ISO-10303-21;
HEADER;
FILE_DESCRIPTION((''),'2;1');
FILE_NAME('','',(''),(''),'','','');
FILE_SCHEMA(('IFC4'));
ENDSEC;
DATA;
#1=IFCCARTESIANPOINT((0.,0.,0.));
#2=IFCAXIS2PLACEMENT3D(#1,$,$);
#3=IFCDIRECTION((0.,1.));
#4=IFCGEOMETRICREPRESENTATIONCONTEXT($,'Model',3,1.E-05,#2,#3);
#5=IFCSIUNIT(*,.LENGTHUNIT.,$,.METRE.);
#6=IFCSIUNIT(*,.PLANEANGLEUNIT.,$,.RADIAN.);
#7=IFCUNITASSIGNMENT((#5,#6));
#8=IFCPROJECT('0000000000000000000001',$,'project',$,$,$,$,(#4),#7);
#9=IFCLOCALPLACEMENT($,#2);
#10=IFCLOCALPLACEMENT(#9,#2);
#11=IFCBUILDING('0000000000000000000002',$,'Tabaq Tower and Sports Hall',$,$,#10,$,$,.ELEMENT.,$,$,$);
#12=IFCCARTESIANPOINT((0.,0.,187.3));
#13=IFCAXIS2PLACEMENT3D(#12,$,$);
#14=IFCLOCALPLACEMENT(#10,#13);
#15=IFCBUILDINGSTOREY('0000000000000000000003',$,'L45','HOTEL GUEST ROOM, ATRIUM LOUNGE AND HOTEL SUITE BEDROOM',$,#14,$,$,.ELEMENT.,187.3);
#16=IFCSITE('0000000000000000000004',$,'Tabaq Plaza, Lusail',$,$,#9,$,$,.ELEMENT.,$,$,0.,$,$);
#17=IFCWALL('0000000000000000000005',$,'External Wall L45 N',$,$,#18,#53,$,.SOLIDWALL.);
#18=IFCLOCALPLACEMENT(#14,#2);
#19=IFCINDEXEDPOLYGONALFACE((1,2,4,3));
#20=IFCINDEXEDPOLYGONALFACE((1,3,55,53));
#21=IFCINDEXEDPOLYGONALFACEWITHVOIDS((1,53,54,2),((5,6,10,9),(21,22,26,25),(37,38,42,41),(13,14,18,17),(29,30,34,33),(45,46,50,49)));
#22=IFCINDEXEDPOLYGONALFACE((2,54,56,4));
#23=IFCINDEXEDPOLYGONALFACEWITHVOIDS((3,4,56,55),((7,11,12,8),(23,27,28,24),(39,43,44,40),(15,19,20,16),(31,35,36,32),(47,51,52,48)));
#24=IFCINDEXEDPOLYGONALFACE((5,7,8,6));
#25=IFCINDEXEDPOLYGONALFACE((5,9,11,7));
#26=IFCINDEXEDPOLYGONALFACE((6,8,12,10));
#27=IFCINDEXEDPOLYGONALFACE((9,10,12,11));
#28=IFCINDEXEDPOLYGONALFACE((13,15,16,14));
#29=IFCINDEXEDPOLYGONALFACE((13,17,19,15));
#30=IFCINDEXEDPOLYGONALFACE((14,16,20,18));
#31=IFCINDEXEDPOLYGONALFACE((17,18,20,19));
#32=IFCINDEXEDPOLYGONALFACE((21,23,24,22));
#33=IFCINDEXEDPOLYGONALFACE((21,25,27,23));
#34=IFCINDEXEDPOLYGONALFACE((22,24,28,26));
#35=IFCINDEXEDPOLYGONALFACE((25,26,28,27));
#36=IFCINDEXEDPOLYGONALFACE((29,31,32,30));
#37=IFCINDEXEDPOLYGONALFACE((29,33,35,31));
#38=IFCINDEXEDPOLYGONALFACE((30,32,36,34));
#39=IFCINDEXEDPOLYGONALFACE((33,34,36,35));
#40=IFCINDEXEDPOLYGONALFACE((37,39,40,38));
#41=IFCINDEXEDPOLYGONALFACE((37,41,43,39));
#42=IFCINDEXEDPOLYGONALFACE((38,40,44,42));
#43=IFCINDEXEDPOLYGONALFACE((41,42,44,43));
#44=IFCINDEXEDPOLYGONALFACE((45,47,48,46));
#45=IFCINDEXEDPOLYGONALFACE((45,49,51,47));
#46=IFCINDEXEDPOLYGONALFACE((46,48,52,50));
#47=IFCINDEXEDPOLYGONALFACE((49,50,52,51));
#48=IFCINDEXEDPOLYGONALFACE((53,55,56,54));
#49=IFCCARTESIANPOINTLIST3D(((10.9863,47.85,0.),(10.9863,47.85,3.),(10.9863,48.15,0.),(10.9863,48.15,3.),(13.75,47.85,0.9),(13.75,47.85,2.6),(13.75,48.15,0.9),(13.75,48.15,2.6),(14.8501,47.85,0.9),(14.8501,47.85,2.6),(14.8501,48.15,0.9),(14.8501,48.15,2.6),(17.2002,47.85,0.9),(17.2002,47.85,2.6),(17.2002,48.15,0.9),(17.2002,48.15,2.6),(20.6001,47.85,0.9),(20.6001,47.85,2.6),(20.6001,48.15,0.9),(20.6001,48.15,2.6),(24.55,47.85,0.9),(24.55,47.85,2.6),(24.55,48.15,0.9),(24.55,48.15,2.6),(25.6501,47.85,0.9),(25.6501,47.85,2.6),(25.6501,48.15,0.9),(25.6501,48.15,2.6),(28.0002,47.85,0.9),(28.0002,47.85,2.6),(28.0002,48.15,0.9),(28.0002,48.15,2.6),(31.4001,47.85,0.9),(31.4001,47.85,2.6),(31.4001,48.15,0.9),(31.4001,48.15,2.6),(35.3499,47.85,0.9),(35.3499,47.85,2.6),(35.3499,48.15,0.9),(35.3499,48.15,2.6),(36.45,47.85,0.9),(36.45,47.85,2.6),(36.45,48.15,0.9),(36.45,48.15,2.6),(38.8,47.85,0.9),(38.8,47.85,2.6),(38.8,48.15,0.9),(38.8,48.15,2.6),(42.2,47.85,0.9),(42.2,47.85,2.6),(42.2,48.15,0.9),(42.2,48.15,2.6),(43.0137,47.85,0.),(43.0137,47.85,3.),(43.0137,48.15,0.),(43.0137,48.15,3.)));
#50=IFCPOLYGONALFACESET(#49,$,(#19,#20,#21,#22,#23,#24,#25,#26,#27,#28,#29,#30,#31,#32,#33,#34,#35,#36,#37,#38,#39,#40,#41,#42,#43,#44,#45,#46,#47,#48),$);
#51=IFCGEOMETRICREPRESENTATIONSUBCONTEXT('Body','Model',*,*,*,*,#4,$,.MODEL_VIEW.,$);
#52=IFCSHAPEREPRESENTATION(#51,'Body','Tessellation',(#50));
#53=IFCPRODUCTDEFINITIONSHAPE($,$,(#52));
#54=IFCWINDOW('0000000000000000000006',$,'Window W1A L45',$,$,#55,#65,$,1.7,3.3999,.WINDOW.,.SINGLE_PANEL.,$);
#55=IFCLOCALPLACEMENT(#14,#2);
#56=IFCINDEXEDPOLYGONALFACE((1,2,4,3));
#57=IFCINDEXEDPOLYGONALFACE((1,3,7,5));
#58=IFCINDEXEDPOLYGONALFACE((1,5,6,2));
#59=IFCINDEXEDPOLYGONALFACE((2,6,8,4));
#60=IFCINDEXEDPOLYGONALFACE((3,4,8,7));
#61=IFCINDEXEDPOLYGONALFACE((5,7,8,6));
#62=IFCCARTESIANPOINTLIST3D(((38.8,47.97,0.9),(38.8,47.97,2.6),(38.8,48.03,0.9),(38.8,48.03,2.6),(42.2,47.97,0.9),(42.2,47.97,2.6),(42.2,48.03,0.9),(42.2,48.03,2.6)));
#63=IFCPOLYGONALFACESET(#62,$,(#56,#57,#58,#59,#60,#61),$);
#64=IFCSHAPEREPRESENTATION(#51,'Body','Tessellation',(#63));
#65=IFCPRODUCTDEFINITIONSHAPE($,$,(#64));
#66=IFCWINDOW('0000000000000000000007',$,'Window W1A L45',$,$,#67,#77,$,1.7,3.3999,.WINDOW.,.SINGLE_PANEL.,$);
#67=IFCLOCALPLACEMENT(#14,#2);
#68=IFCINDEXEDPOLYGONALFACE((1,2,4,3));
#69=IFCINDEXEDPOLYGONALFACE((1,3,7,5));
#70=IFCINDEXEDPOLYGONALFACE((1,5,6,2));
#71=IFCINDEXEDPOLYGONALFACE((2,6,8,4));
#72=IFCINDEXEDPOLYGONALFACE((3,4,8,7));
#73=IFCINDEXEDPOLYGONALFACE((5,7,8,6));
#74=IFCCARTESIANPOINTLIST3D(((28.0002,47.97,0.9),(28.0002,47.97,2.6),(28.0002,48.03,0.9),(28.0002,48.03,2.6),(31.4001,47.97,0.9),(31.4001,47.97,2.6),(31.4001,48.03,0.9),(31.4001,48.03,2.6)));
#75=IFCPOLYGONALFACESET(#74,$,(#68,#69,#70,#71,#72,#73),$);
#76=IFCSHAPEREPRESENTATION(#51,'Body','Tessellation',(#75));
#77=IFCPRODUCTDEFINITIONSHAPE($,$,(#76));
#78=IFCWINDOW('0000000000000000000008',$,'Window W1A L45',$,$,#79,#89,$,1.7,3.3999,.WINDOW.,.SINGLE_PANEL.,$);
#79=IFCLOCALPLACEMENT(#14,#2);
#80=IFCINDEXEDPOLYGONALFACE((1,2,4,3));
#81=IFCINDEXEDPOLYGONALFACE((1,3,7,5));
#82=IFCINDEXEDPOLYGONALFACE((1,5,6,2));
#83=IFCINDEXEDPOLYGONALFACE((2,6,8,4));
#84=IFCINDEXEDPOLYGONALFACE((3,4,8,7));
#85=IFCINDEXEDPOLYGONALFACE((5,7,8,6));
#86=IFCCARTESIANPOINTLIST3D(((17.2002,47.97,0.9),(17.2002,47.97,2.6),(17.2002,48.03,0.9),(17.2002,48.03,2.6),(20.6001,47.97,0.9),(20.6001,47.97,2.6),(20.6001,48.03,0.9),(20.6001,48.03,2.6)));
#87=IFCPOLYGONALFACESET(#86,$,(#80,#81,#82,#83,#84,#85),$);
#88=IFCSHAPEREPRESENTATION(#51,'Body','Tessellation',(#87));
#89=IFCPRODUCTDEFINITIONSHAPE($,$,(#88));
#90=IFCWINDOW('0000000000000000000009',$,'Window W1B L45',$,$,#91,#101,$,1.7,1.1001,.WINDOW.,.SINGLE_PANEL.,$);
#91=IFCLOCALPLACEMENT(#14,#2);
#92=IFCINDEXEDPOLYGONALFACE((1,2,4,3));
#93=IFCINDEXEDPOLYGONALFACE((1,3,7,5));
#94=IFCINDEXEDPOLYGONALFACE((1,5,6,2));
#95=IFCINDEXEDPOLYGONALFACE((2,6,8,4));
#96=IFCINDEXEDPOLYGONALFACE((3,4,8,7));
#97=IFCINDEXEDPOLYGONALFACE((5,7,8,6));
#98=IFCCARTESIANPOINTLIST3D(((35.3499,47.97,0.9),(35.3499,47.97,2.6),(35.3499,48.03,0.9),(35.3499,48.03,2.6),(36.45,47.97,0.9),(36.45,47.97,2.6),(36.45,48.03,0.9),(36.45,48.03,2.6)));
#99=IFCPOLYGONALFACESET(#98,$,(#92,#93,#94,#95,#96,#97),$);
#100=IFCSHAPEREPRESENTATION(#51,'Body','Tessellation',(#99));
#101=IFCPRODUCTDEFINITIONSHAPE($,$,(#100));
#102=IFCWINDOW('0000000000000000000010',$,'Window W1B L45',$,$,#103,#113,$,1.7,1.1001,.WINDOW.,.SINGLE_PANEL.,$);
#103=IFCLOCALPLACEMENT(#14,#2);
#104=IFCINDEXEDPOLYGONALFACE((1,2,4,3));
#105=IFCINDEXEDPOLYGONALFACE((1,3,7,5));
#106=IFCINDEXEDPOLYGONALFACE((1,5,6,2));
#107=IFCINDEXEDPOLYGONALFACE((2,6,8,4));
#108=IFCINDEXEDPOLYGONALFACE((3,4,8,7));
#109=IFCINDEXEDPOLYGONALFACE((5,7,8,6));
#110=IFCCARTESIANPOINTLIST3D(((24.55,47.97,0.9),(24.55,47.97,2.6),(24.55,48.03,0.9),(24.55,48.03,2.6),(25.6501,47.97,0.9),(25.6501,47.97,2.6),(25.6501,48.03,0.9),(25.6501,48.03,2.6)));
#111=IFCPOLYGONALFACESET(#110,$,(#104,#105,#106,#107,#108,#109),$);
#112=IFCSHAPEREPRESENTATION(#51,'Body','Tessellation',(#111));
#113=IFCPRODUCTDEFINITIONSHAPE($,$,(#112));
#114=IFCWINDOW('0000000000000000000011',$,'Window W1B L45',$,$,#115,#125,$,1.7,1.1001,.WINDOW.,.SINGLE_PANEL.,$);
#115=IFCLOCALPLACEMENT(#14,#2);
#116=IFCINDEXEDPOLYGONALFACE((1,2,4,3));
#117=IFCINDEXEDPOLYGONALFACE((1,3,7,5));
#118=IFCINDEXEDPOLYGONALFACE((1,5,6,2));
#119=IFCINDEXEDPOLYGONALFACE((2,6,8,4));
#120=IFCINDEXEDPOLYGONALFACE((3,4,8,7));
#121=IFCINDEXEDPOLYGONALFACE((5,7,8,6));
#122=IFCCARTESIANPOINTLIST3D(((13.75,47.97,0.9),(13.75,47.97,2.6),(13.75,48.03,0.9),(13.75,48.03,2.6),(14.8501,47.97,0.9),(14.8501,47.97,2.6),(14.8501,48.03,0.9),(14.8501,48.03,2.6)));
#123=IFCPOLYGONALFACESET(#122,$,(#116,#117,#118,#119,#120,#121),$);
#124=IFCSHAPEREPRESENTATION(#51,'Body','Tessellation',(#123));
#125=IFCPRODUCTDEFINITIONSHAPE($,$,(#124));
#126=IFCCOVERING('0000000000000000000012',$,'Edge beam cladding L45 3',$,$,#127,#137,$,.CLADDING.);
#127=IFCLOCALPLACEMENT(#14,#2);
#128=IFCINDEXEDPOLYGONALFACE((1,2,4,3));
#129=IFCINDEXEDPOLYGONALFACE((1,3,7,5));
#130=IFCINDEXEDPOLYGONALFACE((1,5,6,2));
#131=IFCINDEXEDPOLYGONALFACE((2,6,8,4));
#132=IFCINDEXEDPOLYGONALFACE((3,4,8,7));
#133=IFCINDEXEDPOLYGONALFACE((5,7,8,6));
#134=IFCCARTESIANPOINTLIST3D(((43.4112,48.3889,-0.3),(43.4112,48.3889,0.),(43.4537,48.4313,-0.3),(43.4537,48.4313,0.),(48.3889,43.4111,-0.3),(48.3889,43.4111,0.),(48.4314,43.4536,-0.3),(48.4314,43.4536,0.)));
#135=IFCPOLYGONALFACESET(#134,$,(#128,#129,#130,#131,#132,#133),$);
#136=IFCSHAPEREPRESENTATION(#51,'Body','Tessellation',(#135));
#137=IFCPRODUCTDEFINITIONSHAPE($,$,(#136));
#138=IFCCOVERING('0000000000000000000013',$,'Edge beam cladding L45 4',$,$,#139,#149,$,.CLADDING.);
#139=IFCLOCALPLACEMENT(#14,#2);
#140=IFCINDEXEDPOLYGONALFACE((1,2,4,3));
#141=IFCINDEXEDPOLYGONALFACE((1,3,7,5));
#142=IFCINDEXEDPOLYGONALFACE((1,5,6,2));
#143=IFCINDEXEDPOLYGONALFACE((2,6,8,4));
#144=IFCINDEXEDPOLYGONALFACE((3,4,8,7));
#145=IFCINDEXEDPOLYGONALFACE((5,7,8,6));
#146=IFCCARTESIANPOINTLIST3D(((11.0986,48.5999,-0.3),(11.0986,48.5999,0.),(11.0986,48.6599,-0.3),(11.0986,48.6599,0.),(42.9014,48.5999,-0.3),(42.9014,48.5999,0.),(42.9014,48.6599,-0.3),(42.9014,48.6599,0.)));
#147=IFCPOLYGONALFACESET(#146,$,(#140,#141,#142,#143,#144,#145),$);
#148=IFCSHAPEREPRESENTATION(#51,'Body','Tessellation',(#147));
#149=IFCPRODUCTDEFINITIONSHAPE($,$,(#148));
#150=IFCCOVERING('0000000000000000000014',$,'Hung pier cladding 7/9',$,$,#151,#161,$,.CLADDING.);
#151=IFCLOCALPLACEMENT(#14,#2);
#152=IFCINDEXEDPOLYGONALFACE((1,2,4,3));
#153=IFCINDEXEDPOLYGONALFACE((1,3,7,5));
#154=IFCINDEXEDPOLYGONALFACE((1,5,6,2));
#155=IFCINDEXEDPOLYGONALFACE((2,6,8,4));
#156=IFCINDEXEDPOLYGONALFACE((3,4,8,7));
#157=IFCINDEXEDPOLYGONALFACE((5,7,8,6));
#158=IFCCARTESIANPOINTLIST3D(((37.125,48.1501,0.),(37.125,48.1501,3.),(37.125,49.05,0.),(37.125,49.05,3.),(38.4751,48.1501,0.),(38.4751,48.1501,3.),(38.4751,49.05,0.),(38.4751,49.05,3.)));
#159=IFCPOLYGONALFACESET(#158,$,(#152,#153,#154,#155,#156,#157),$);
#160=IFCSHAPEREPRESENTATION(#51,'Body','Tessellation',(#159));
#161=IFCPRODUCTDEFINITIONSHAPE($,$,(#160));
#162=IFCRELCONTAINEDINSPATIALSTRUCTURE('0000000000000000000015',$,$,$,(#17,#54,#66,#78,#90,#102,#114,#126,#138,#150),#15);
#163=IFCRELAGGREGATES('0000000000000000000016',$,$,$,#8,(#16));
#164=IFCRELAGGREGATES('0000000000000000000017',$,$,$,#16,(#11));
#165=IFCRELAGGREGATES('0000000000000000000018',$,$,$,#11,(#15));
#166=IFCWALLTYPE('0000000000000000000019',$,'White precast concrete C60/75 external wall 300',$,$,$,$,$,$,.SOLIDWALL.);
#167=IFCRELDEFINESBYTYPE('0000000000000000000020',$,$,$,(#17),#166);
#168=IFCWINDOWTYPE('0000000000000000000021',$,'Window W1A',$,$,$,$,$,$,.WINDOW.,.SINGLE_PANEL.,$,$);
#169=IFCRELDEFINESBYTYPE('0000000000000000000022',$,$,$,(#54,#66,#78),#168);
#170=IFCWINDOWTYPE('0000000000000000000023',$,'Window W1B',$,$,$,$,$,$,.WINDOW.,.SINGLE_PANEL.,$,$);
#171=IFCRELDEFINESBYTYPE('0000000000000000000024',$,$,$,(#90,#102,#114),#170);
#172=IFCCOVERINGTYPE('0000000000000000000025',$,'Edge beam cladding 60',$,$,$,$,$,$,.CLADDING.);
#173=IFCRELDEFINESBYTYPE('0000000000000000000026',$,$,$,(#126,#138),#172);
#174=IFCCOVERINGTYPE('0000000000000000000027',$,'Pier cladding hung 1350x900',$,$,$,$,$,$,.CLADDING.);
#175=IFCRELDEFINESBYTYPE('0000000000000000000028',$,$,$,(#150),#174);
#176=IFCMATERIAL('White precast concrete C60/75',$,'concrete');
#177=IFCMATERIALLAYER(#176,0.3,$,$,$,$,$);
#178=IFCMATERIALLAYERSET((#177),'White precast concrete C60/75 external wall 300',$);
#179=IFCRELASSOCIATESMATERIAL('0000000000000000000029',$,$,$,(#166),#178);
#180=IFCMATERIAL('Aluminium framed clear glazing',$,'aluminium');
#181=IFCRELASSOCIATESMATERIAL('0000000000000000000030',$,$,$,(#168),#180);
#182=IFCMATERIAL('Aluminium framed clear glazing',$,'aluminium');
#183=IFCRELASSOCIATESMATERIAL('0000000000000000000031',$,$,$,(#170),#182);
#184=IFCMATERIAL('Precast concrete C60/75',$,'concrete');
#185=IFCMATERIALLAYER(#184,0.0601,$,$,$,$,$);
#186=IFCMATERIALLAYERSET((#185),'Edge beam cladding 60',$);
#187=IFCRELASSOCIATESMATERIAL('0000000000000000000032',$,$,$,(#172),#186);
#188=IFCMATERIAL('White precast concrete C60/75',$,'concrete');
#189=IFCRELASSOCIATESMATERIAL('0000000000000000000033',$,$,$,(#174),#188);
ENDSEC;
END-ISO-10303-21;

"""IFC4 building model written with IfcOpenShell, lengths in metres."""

from ifc_helpers import new_model, si_unit, direction, frame, frame_2d, origin, place, context, subcontext, project, spatial, rectangle, extrude, material, layer, layer_set, type_object, element, fill, save


model = new_model("IFC4")

# Units and contexts
model_context = context("Model", 3, precision=1e-05, world=origin(), true_north=direction((0.0, 1.0)))
body_context = subcontext(model_context, "Body", "Model", "MODEL_VIEW")
ifc_project = project(units=[si_unit("LENGTHUNIT", "METRE"), si_unit("PLANEANGLEUNIT", "RADIAN")], contexts=[model_context])

# Site, building, storey
site_placement = place(None, origin())
site = spatial("IfcSite", under=ifc_project, at=site_placement, Name="Tabaq Plaza, Lusail", CompositionType="ELEMENT", RefElevation=0.0)
building_placement = place(site_placement, origin())
building = spatial("IfcBuilding", under=site, at=building_placement, Name="Tabaq Tower and Sports Hall", CompositionType="ELEMENT")
storey_placement = place(building_placement, frame((0.0, 0.0, 187.3)))
storey = spatial("IfcBuildingStorey", under=building, at=storey_placement, Name="L45", Description="HOTEL GUEST ROOM, ATRIUM LOUNGE AND HOTEL SUITE BEDROOM", CompositionType="ELEMENT", Elevation=187.3)

# Shared definitions
ifc_material_1 = material(Name="White precast concrete C60/75", Category="concrete")
ifc_layer_1 = layer(ifc_material_1, 0.3)
ifc_layer_set_1 = layer_set([ifc_layer_1], Name="White precast concrete C60/75 external wall 300")
wall_type_1 = type_object("IfcWallType", Name="White precast concrete C60/75 external wall 300", PredefinedType="SOLIDWALL", material=ifc_layer_set_1)
ifc_material_2 = material(Name="Aluminium framed clear glazing", Category="aluminium")
window_type_1 = type_object("IfcWindowType", Name="Window W1A", PartitioningType="SINGLE_PANEL", PredefinedType="WINDOW", material=ifc_material_2)

# Wall, openings, windows
wall_1_placement = place(storey_placement, frame((43.0137, 48.0, 0.0), z_axis=(0.0, 0.0, 1.0), x_axis=(-1.0, 0.0, 0.0)))
wall_1 = element("IfcWall", 1, at=wall_1_placement, inside=storey, type_object=wall_type_1, Name="External Wall L45 N", PredefinedType="SOLIDWALL", context=body_context, shape_type="SweptSolid", body=[
    extrude(rectangle(XDim=32.0273, YDim=0.3, at=frame_2d((16.0137, 0.0))), origin(), (0.0, 0.0, 1.0), 3.0),
])
opening_1_placement = place(wall_1_placement, frame((0.8137, 0.0, 0.8999)))
opening_1 = element("IfcOpeningElement", 2, at=opening_1_placement, cuts=wall_1, PredefinedType="OPENING", context=body_context, shape_type="SweptSolid", body=[
    extrude(rectangle(XDim=3.3999, YDim=1.7, at=frame_2d((1.7, 0.8501))), frame((0.0, 0.1602, 0.0), z_axis=(0.0, -1.0, 0.0), x_axis=(1.0, 0.0, 0.0)), (0.0, 0.0, 1.0), 0.3201),
])
opening_2_placement = place(wall_1_placement, frame((6.5637, 0.0, 0.8999)))
opening_2 = element("IfcOpeningElement", 3, at=opening_2_placement, cuts=wall_1, PredefinedType="OPENING", context=body_context, shape_type="SweptSolid", body=[
    extrude(rectangle(XDim=1.1001, YDim=1.7, at=frame_2d((0.55, 0.8501))), frame((0.0, 0.1602, 0.0), z_axis=(0.0, -1.0, 0.0), x_axis=(1.0, 0.0, 0.0)), (0.0, 0.0, 1.0), 0.3201),
])
opening_3_placement = place(wall_1_placement, frame((11.6135, 0.0, 0.8999)))
opening_3 = element("IfcOpeningElement", 4, at=opening_3_placement, cuts=wall_1, PredefinedType="OPENING", context=body_context, shape_type="SweptSolid", body=[
    extrude(rectangle(XDim=3.3999, YDim=1.7, at=frame_2d((1.7, 0.8501))), frame((0.0, 0.1602, 0.0), z_axis=(0.0, -1.0, 0.0), x_axis=(1.0, 0.0, 0.0)), (0.0, 0.0, 1.0), 0.3201),
])
opening_4_placement = place(wall_1_placement, frame((17.3635, 0.0, 0.8999)))
opening_4 = element("IfcOpeningElement", 5, at=opening_4_placement, cuts=wall_1, PredefinedType="OPENING", context=body_context, shape_type="SweptSolid", body=[
    extrude(rectangle(XDim=1.1001, YDim=1.7, at=frame_2d((0.55, 0.8501))), frame((0.0, 0.1602, 0.0), z_axis=(0.0, -1.0, 0.0), x_axis=(1.0, 0.0, 0.0)), (0.0, 0.0, 1.0), 0.3201),
])
opening_5_placement = place(wall_1_placement, frame((22.4136, 0.0, 0.8999)))
opening_5 = element("IfcOpeningElement", 6, at=opening_5_placement, cuts=wall_1, PredefinedType="OPENING", context=body_context, shape_type="SweptSolid", body=[
    extrude(rectangle(XDim=3.3999, YDim=1.7, at=frame_2d((1.7, 0.8501))), frame((0.0, 0.1602, 0.0), z_axis=(0.0, -1.0, 0.0), x_axis=(1.0, 0.0, 0.0)), (0.0, 0.0, 1.0), 0.3201),
])
opening_6_placement = place(wall_1_placement, frame((28.1636, 0.0, 0.8999)))
opening_6 = element("IfcOpeningElement", 7, at=opening_6_placement, cuts=wall_1, PredefinedType="OPENING", context=body_context, shape_type="SweptSolid", body=[
    extrude(rectangle(XDim=1.1001, YDim=1.7, at=frame_2d((0.55, 0.8501))), frame((0.0, 0.1602, 0.0), z_axis=(0.0, -1.0, 0.0), x_axis=(1.0, 0.0, 0.0)), (0.0, 0.0, 1.0), 0.3201),
])
window_1_placement = place(opening_1_placement, origin())
window_1 = element("IfcWindow", 8, at=window_1_placement, inside=storey, type_object=window_type_1, Name="Window W1A L45", OverallHeight=1.7, OverallWidth=3.3999, PartitioningType="SINGLE_PANEL", PredefinedType="WINDOW", context=body_context, shape_type="SweptSolid", body=[
    extrude(rectangle(XDim=3.3999, YDim=1.7, at=frame_2d((1.7, 0.8501))), frame((0.0, 0.03, 0.0), z_axis=(0.0, -1.0, 0.0), x_axis=(1.0, 0.0, 0.0)), (0.0, 0.0, 1.0), 0.0601),
])
fill(opening_1, window_1)
window_2_placement = place(opening_3_placement, origin())
window_2 = element("IfcWindow", 9, at=window_2_placement, inside=storey, type_object=window_type_1, Name="Window W1A L45", OverallHeight=1.7, OverallWidth=3.3999, PartitioningType="SINGLE_PANEL", PredefinedType="WINDOW", context=body_context, shape_type="SweptSolid", body=[
    extrude(rectangle(XDim=3.3999, YDim=1.7, at=frame_2d((1.7, 0.8501))), frame((0.0, 0.03, 0.0), z_axis=(0.0, -1.0, 0.0), x_axis=(1.0, 0.0, 0.0)), (0.0, 0.0, 1.0), 0.0601),
])
fill(opening_3, window_2)
window_3_placement = place(opening_5_placement, origin())
window_3 = element("IfcWindow", 10, at=window_3_placement, inside=storey, type_object=window_type_1, Name="Window W1A L45", OverallHeight=1.7, OverallWidth=3.3999, PartitioningType="SINGLE_PANEL", PredefinedType="WINDOW", context=body_context, shape_type="SweptSolid", body=[
    extrude(rectangle(XDim=3.3999, YDim=1.7, at=frame_2d((1.7, 0.8501))), frame((0.0, 0.03, 0.0), z_axis=(0.0, -1.0, 0.0), x_axis=(1.0, 0.0, 0.0)), (0.0, 0.0, 1.0), 0.0601),
])
fill(opening_5, window_3)
ifc_material_3 = material(Name="Aluminium framed clear glazing", Category="aluminium")
window_type_2 = type_object("IfcWindowType", Name="Window W1B", PartitioningType="SINGLE_PANEL", PredefinedType="WINDOW", material=ifc_material_3)
window_4_placement = place(opening_2_placement, origin())
window_4 = element("IfcWindow", 11, at=window_4_placement, inside=storey, type_object=window_type_2, Name="Window W1B L45", OverallHeight=1.7, OverallWidth=1.1001, PartitioningType="SINGLE_PANEL", PredefinedType="WINDOW", context=body_context, shape_type="SweptSolid", body=[
    extrude(rectangle(XDim=1.1001, YDim=1.7, at=frame_2d((0.55, 0.8501))), frame((0.0, 0.03, 0.0), z_axis=(0.0, -1.0, 0.0), x_axis=(1.0, 0.0, 0.0)), (0.0, 0.0, 1.0), 0.0601),
])
fill(opening_2, window_4)
window_5_placement = place(opening_4_placement, origin())
window_5 = element("IfcWindow", 12, at=window_5_placement, inside=storey, type_object=window_type_2, Name="Window W1B L45", OverallHeight=1.7, OverallWidth=1.1001, PartitioningType="SINGLE_PANEL", PredefinedType="WINDOW", context=body_context, shape_type="SweptSolid", body=[
    extrude(rectangle(XDim=1.1001, YDim=1.7, at=frame_2d((0.55, 0.8501))), frame((0.0, 0.03, 0.0), z_axis=(0.0, -1.0, 0.0), x_axis=(1.0, 0.0, 0.0)), (0.0, 0.0, 1.0), 0.0601),
])
fill(opening_4, window_5)
window_6_placement = place(opening_6_placement, origin())
window_6 = element("IfcWindow", 13, at=window_6_placement, inside=storey, type_object=window_type_2, Name="Window W1B L45", OverallHeight=1.7, OverallWidth=1.1001, PartitioningType="SINGLE_PANEL", PredefinedType="WINDOW", context=body_context, shape_type="SweptSolid", body=[
    extrude(rectangle(XDim=1.1001, YDim=1.7, at=frame_2d((0.55, 0.8501))), frame((0.0, 0.03, 0.0), z_axis=(0.0, -1.0, 0.0), x_axis=(1.0, 0.0, 0.0)), (0.0, 0.0, 1.0), 0.0601),
])
fill(opening_6, window_6)

# Coverings
ifc_material_4 = material(Name="Precast concrete C60/75", Category="concrete")
ifc_layer_2 = layer(ifc_material_4, 0.0601)
ifc_layer_set_2 = layer_set([ifc_layer_2], Name="Edge beam cladding 60")
covering_type_1 = type_object("IfcCoveringType", Name="Edge beam cladding 60", PredefinedType="CLADDING", material=ifc_layer_set_2)
covering_1_placement = place(storey_placement, frame((48.4102, 43.4324, -0.3), z_axis=(0.0, 0.0, 1.0), x_axis=(-0.707107, 0.707107, 0.0)))
element("IfcCovering", 14, at=covering_1_placement, inside=storey, type_object=covering_type_1, Name="Edge beam cladding L45 3", PredefinedType="CLADDING", context=body_context, shape_type="SweptSolid", body=[
    extrude(rectangle(XDim=7.0396, YDim=0.0601, at=frame_2d((3.5198, 0.0))), origin(), (0.0, 0.0, 1.0), 0.3),
])
covering_2_placement = place(storey_placement, frame((42.9014, 48.6299, -0.3), z_axis=(0.0, 0.0, 1.0), x_axis=(-1.0, 0.0, 0.0)))
element("IfcCovering", 15, at=covering_2_placement, inside=storey, type_object=covering_type_1, Name="Edge beam cladding L45 4", PredefinedType="CLADDING", context=body_context, shape_type="SweptSolid", body=[
    extrude(rectangle(XDim=31.8027, YDim=0.0601, at=frame_2d((15.9014, 0.0))), origin(), (0.0, 0.0, 1.0), 0.3),
])
ifc_material_5 = material(Name="White precast concrete C60/75", Category="concrete")
covering_type_2 = type_object("IfcCoveringType", Name="Pier cladding hung 1350x900", PredefinedType="CLADDING", material=ifc_material_5)
for number, where, z_axis, x_axis, name in (
    (16, (38.4751, 48.6001, 0.0), (0.0, 0.0, 1.0), (-1.0, 0.0, 0.0), "Hung pier cladding 7/9"),
):
    element("IfcCovering", number, at=place(storey_placement, frame(where, z_axis=z_axis, x_axis=x_axis)), inside=storey, type_object=covering_type_2, Name=name, PredefinedType="CLADDING", context=body_context, shape_type="SweptSolid", body=[
        extrude(rectangle(XDim=1.3501, YDim=0.8999, at=frame_2d((0.675, 0.0))), origin(), (0.0, 0.0, 1.0), 3.0),
    ])

save(model, "model.ifc")
